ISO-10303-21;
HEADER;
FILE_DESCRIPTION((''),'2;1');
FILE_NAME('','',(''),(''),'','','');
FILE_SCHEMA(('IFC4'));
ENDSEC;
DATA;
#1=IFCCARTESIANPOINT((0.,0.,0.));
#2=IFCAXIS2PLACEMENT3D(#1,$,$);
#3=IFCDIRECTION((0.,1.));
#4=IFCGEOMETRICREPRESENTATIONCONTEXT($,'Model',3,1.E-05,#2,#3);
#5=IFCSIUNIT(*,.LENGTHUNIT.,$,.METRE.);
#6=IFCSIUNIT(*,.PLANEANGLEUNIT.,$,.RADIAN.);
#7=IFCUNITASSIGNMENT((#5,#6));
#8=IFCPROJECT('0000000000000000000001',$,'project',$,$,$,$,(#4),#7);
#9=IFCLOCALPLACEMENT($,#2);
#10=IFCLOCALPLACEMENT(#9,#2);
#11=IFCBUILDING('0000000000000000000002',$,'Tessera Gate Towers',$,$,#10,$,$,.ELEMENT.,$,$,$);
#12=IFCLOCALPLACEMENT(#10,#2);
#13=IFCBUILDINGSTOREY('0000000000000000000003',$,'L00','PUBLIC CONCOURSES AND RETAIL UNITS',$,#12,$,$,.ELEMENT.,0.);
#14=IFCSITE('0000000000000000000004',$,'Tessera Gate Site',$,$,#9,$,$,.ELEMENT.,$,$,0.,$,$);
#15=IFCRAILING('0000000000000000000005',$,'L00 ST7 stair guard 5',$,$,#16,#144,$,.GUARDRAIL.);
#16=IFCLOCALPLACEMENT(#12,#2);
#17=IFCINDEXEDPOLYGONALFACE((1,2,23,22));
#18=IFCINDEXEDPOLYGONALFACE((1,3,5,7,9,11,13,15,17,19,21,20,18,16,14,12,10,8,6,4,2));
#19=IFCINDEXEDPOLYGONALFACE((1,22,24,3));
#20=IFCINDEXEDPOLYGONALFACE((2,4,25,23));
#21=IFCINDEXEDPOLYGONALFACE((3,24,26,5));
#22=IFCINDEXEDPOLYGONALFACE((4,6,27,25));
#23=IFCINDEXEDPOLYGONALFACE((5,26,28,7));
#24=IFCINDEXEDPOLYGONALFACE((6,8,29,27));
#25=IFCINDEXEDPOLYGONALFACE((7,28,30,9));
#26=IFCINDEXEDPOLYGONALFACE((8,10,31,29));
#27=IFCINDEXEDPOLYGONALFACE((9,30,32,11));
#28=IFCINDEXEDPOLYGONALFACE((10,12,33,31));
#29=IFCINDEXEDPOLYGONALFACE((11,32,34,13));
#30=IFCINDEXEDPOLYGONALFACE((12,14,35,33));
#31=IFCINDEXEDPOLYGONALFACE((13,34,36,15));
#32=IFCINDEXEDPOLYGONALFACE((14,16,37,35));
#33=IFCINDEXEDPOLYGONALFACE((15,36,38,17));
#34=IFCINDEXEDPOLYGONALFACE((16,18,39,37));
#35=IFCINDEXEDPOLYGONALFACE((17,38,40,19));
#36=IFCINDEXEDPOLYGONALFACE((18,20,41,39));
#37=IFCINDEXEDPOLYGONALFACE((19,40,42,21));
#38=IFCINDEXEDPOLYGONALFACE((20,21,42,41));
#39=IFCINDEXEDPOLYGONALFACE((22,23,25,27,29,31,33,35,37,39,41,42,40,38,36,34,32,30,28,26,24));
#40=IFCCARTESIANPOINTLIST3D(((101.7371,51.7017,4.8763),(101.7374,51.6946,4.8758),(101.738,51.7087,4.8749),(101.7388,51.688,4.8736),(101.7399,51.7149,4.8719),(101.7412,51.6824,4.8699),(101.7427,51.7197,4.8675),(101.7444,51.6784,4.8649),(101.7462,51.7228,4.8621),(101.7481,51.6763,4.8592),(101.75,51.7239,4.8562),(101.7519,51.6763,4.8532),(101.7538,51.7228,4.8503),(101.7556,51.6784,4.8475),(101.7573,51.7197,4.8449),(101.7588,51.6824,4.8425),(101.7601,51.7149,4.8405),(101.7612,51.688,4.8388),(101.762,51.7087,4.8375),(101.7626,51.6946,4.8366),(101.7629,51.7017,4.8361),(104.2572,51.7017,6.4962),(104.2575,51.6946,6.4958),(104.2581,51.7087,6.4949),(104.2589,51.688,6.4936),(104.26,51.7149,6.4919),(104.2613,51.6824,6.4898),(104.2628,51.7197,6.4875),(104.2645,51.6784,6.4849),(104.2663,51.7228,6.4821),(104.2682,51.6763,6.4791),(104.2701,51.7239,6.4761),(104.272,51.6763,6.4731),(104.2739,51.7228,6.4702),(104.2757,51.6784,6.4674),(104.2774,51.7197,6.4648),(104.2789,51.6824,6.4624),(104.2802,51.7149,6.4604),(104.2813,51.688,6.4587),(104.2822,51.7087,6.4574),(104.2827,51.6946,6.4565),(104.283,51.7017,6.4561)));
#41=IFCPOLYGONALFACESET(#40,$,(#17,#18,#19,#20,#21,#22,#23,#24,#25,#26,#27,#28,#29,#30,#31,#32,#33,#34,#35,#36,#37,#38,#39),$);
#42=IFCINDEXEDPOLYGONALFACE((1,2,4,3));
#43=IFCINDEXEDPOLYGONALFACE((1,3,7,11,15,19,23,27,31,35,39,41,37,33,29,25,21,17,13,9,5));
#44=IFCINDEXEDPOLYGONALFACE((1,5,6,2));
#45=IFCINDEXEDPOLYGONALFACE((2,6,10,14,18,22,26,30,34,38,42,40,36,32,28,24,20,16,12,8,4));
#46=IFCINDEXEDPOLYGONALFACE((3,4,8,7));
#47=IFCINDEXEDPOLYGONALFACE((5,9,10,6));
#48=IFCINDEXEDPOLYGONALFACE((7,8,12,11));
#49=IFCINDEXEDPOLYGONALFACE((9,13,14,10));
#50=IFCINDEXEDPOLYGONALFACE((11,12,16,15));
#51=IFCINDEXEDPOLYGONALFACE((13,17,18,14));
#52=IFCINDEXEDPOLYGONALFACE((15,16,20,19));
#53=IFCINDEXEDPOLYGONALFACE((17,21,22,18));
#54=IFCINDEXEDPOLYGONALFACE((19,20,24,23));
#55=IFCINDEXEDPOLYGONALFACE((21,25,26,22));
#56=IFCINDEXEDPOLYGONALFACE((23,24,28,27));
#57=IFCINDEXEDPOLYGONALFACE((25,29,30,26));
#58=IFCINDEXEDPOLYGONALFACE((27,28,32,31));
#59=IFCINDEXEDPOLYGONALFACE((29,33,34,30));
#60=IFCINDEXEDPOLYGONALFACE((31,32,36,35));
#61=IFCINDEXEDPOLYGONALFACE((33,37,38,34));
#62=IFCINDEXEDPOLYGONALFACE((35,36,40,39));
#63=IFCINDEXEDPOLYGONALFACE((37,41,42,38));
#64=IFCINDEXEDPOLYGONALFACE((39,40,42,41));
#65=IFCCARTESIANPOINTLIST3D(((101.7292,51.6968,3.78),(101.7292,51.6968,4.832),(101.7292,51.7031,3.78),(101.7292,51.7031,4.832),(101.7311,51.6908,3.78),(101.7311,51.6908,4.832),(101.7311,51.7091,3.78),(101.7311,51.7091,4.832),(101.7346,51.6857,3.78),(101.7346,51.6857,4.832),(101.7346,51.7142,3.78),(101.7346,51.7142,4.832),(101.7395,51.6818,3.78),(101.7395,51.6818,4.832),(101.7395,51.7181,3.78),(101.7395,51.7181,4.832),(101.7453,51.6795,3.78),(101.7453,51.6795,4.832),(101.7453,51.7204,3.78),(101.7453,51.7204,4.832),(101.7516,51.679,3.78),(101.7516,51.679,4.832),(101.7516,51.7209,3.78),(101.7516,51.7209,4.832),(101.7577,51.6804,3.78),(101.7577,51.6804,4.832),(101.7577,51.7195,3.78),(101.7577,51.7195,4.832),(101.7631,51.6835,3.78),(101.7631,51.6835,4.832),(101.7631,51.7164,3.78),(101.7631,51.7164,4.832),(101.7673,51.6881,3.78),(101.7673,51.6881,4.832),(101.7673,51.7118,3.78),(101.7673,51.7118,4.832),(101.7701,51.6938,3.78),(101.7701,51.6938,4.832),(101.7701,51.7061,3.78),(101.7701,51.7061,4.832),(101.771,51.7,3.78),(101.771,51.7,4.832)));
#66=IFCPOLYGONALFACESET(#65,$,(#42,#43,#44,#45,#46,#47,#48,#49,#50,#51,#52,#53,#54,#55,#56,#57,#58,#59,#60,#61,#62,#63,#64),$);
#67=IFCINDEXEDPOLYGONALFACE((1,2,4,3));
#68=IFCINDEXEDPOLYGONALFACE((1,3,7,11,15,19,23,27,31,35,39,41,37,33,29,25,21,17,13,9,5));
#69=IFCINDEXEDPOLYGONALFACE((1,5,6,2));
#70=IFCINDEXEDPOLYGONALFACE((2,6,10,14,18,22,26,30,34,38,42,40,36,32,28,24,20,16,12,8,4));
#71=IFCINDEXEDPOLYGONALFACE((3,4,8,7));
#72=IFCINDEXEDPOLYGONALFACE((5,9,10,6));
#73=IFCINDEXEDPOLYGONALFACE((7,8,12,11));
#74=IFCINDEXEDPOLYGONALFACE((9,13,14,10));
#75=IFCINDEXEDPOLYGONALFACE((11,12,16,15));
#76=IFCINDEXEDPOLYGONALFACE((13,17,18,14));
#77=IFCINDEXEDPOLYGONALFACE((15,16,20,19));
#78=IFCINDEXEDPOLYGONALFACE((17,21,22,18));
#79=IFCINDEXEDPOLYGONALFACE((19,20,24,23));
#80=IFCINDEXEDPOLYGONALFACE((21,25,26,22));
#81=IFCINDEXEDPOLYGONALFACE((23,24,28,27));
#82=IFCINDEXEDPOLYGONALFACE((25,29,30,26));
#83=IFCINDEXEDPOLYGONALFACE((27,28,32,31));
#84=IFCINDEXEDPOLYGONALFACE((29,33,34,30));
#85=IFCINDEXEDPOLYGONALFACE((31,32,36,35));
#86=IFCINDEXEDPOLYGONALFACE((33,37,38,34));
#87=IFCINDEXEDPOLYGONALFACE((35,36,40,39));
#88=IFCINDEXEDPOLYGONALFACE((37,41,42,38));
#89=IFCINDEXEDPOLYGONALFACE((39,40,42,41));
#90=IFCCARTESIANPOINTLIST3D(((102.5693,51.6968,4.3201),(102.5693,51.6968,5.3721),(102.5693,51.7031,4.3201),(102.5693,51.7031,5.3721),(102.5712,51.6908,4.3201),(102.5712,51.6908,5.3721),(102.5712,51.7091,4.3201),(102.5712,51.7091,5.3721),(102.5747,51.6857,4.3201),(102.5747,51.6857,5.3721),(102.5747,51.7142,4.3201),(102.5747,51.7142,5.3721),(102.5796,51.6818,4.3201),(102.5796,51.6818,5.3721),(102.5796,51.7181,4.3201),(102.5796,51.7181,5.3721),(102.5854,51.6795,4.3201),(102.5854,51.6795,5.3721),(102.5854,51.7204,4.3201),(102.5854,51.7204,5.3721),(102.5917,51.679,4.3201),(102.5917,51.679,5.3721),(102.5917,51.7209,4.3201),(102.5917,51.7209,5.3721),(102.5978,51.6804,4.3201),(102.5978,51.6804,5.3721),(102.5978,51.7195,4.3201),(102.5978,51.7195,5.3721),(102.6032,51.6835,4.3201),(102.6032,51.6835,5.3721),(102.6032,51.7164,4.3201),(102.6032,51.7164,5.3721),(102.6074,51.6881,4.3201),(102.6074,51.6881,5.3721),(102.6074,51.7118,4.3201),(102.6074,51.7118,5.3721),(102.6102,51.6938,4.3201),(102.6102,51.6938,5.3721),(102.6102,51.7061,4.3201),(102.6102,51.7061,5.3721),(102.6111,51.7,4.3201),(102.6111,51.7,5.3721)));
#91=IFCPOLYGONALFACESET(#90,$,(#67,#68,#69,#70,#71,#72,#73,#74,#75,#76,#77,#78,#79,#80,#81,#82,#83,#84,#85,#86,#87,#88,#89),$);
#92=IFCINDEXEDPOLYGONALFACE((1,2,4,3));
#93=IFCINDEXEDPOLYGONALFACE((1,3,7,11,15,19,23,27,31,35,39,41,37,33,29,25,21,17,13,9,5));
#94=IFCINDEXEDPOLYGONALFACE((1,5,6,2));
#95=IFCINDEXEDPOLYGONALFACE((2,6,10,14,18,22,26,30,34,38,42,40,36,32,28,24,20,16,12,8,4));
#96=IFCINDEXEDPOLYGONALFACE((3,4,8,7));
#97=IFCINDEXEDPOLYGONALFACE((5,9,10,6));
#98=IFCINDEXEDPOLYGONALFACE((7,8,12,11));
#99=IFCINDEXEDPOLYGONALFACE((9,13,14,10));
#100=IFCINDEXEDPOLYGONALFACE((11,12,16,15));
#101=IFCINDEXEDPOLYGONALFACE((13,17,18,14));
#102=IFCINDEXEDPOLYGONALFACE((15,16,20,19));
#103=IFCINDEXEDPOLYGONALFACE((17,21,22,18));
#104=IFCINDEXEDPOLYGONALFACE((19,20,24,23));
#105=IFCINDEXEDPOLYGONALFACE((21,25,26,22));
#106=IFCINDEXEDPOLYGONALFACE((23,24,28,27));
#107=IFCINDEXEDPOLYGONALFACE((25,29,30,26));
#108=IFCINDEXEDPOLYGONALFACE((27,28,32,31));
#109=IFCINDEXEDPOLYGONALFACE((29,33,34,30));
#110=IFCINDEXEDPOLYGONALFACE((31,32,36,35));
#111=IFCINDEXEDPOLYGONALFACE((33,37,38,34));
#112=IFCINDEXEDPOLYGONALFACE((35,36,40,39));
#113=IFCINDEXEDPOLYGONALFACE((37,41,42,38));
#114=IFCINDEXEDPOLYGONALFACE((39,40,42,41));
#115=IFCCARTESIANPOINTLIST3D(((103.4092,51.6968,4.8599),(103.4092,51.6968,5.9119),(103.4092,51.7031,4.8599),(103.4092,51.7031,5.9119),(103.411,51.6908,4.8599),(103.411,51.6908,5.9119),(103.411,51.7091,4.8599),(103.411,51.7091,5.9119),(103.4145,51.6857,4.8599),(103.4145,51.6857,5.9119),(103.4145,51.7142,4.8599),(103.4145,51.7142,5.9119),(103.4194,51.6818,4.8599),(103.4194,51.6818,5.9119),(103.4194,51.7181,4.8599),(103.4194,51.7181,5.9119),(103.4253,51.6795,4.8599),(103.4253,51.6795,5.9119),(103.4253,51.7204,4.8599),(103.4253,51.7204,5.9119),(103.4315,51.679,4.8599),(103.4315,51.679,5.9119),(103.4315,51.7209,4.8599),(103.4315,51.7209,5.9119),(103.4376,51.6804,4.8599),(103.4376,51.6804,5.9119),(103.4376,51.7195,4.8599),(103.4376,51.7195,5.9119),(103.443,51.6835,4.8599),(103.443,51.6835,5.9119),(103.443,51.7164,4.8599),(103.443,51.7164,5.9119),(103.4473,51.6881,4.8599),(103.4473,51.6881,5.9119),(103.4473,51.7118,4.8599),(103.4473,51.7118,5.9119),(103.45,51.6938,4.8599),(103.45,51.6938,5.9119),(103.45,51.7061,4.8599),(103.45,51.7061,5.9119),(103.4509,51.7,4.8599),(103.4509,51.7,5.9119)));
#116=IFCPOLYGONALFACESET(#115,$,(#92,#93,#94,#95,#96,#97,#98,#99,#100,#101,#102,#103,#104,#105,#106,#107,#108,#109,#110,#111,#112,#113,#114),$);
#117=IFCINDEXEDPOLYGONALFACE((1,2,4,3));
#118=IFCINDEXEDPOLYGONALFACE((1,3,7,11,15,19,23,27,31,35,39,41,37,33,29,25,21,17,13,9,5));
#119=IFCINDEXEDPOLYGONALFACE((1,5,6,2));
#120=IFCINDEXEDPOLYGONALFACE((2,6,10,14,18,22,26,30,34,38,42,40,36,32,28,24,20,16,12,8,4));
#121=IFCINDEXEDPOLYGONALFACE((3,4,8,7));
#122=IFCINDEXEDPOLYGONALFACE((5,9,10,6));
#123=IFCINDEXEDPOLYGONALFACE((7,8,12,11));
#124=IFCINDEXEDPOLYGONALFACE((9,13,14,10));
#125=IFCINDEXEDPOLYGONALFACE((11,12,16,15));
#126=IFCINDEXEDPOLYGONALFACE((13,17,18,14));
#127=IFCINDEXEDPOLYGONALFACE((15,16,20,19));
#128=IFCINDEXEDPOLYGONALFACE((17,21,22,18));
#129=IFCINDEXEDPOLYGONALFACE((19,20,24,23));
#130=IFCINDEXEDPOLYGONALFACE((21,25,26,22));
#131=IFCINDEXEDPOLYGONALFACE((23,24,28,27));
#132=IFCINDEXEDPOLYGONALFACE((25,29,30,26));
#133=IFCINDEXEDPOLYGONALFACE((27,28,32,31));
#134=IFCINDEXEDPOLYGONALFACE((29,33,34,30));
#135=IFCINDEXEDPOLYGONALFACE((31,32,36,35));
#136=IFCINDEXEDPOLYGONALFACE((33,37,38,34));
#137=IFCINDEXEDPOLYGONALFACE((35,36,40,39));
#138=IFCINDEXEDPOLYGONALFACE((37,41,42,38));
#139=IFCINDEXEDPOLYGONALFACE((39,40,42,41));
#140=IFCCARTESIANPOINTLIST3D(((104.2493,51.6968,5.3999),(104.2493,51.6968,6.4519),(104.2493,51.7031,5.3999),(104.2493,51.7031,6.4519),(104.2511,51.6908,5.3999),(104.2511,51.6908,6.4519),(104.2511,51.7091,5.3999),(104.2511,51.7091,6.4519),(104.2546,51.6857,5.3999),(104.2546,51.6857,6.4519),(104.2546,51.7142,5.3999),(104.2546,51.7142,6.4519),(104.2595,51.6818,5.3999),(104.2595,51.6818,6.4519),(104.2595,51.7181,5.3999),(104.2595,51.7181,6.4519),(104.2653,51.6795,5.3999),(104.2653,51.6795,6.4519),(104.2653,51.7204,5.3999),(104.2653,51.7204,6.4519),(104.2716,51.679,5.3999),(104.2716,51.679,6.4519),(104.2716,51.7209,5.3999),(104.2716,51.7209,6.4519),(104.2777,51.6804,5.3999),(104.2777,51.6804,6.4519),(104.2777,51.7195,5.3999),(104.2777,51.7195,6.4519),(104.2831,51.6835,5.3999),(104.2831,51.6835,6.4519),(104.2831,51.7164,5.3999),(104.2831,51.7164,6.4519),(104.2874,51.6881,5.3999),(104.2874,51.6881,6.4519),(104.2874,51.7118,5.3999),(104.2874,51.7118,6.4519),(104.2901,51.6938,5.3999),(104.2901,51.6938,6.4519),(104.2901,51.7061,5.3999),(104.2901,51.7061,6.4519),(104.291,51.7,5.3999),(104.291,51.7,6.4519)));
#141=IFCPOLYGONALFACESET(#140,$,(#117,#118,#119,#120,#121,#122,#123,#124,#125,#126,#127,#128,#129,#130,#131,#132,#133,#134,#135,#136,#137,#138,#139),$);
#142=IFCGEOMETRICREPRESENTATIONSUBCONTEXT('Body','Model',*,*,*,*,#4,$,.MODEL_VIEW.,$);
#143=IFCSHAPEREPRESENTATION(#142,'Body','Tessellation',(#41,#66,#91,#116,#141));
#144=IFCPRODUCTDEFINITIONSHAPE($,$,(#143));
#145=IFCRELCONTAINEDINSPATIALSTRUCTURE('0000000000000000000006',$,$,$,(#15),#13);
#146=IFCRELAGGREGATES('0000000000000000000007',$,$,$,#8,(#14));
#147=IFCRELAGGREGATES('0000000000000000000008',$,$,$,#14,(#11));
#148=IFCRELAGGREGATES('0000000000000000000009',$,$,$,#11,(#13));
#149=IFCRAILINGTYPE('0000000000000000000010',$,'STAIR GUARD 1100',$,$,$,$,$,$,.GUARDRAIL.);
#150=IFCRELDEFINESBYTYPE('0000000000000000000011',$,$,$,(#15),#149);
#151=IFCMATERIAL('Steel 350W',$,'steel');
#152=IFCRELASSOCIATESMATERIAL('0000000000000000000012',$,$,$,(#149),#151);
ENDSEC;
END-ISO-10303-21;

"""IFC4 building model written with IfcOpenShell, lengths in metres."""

from ifc_helpers import new_model, si_unit, direction, frame, origin, origin_2d, place, context, subcontext, project, spatial, circle, extrude, material, type_object, element, save


model = new_model("IFC4")

# Units and contexts
model_context = context("Model", 3, precision=1e-05, world=origin(), true_north=direction((0.0, 1.0)))
body_context = subcontext(model_context, "Body", "Model", "MODEL_VIEW")
ifc_project = project(units=[si_unit("LENGTHUNIT", "METRE"), si_unit("PLANEANGLEUNIT", "RADIAN")], contexts=[model_context])

# Site, building, storey
site_placement = place(None, origin())
site = spatial("IfcSite", under=ifc_project, at=site_placement, Name="Tessera Gate Site", CompositionType="ELEMENT", RefElevation=0.0)
building_placement = place(site_placement, origin())
building = spatial("IfcBuilding", under=site, at=building_placement, Name="Tessera Gate Towers", CompositionType="ELEMENT")
storey_placement = place(building_placement, origin())
storey = spatial("IfcBuildingStorey", under=building, at=storey_placement, Name="L00", Description="PUBLIC CONCOURSES AND RETAIL UNITS", CompositionType="ELEMENT", Elevation=0.0)

# Railing
ifc_material_1 = material(Name="Steel 350W", Category="steel")
railing_type_1 = type_object("IfcRailingType", Name="STAIR GUARD 1100", PredefinedType="GUARDRAIL", material=ifc_material_1)
railing_1_placement = place(storey_placement, frame((101.75, 51.7, 3.78)))
element("IfcRailing", 1, at=railing_1_placement, inside=storey, type_object=railing_type_1, Name="L00 ST7 stair guard 5", PredefinedType="GUARDRAIL", context=body_context, shape_type="SweptSolid", body=[
    extrude(circle(Radius=0.0239, at=origin_2d()), frame((0.0, 0.0, 1.0762), z_axis=(0.8412, 0.0, 0.540725), x_axis=(0.0, 1.0, 0.0)), (0.0, 0.0, 1.0), 2.9958),
    extrude(circle(Radius=0.021, at=origin_2d()), origin(), (0.0, 0.0, 1.0), 1.052),
    extrude(circle(Radius=0.021, at=origin_2d()), frame((0.8401, 0.0, 0.54)), (0.0, 0.0, 1.0), 1.052),
    extrude(circle(Radius=0.021, at=origin_2d()), frame((1.6799, 0.0, 1.0798)), (0.0, 0.0, 1.0), 1.052),
    extrude(circle(Radius=0.021, at=origin_2d()), frame((2.52, 0.0, 1.6199)), (0.0, 0.0, 1.0), 1.052),
])

save(model, "model.ifc")
